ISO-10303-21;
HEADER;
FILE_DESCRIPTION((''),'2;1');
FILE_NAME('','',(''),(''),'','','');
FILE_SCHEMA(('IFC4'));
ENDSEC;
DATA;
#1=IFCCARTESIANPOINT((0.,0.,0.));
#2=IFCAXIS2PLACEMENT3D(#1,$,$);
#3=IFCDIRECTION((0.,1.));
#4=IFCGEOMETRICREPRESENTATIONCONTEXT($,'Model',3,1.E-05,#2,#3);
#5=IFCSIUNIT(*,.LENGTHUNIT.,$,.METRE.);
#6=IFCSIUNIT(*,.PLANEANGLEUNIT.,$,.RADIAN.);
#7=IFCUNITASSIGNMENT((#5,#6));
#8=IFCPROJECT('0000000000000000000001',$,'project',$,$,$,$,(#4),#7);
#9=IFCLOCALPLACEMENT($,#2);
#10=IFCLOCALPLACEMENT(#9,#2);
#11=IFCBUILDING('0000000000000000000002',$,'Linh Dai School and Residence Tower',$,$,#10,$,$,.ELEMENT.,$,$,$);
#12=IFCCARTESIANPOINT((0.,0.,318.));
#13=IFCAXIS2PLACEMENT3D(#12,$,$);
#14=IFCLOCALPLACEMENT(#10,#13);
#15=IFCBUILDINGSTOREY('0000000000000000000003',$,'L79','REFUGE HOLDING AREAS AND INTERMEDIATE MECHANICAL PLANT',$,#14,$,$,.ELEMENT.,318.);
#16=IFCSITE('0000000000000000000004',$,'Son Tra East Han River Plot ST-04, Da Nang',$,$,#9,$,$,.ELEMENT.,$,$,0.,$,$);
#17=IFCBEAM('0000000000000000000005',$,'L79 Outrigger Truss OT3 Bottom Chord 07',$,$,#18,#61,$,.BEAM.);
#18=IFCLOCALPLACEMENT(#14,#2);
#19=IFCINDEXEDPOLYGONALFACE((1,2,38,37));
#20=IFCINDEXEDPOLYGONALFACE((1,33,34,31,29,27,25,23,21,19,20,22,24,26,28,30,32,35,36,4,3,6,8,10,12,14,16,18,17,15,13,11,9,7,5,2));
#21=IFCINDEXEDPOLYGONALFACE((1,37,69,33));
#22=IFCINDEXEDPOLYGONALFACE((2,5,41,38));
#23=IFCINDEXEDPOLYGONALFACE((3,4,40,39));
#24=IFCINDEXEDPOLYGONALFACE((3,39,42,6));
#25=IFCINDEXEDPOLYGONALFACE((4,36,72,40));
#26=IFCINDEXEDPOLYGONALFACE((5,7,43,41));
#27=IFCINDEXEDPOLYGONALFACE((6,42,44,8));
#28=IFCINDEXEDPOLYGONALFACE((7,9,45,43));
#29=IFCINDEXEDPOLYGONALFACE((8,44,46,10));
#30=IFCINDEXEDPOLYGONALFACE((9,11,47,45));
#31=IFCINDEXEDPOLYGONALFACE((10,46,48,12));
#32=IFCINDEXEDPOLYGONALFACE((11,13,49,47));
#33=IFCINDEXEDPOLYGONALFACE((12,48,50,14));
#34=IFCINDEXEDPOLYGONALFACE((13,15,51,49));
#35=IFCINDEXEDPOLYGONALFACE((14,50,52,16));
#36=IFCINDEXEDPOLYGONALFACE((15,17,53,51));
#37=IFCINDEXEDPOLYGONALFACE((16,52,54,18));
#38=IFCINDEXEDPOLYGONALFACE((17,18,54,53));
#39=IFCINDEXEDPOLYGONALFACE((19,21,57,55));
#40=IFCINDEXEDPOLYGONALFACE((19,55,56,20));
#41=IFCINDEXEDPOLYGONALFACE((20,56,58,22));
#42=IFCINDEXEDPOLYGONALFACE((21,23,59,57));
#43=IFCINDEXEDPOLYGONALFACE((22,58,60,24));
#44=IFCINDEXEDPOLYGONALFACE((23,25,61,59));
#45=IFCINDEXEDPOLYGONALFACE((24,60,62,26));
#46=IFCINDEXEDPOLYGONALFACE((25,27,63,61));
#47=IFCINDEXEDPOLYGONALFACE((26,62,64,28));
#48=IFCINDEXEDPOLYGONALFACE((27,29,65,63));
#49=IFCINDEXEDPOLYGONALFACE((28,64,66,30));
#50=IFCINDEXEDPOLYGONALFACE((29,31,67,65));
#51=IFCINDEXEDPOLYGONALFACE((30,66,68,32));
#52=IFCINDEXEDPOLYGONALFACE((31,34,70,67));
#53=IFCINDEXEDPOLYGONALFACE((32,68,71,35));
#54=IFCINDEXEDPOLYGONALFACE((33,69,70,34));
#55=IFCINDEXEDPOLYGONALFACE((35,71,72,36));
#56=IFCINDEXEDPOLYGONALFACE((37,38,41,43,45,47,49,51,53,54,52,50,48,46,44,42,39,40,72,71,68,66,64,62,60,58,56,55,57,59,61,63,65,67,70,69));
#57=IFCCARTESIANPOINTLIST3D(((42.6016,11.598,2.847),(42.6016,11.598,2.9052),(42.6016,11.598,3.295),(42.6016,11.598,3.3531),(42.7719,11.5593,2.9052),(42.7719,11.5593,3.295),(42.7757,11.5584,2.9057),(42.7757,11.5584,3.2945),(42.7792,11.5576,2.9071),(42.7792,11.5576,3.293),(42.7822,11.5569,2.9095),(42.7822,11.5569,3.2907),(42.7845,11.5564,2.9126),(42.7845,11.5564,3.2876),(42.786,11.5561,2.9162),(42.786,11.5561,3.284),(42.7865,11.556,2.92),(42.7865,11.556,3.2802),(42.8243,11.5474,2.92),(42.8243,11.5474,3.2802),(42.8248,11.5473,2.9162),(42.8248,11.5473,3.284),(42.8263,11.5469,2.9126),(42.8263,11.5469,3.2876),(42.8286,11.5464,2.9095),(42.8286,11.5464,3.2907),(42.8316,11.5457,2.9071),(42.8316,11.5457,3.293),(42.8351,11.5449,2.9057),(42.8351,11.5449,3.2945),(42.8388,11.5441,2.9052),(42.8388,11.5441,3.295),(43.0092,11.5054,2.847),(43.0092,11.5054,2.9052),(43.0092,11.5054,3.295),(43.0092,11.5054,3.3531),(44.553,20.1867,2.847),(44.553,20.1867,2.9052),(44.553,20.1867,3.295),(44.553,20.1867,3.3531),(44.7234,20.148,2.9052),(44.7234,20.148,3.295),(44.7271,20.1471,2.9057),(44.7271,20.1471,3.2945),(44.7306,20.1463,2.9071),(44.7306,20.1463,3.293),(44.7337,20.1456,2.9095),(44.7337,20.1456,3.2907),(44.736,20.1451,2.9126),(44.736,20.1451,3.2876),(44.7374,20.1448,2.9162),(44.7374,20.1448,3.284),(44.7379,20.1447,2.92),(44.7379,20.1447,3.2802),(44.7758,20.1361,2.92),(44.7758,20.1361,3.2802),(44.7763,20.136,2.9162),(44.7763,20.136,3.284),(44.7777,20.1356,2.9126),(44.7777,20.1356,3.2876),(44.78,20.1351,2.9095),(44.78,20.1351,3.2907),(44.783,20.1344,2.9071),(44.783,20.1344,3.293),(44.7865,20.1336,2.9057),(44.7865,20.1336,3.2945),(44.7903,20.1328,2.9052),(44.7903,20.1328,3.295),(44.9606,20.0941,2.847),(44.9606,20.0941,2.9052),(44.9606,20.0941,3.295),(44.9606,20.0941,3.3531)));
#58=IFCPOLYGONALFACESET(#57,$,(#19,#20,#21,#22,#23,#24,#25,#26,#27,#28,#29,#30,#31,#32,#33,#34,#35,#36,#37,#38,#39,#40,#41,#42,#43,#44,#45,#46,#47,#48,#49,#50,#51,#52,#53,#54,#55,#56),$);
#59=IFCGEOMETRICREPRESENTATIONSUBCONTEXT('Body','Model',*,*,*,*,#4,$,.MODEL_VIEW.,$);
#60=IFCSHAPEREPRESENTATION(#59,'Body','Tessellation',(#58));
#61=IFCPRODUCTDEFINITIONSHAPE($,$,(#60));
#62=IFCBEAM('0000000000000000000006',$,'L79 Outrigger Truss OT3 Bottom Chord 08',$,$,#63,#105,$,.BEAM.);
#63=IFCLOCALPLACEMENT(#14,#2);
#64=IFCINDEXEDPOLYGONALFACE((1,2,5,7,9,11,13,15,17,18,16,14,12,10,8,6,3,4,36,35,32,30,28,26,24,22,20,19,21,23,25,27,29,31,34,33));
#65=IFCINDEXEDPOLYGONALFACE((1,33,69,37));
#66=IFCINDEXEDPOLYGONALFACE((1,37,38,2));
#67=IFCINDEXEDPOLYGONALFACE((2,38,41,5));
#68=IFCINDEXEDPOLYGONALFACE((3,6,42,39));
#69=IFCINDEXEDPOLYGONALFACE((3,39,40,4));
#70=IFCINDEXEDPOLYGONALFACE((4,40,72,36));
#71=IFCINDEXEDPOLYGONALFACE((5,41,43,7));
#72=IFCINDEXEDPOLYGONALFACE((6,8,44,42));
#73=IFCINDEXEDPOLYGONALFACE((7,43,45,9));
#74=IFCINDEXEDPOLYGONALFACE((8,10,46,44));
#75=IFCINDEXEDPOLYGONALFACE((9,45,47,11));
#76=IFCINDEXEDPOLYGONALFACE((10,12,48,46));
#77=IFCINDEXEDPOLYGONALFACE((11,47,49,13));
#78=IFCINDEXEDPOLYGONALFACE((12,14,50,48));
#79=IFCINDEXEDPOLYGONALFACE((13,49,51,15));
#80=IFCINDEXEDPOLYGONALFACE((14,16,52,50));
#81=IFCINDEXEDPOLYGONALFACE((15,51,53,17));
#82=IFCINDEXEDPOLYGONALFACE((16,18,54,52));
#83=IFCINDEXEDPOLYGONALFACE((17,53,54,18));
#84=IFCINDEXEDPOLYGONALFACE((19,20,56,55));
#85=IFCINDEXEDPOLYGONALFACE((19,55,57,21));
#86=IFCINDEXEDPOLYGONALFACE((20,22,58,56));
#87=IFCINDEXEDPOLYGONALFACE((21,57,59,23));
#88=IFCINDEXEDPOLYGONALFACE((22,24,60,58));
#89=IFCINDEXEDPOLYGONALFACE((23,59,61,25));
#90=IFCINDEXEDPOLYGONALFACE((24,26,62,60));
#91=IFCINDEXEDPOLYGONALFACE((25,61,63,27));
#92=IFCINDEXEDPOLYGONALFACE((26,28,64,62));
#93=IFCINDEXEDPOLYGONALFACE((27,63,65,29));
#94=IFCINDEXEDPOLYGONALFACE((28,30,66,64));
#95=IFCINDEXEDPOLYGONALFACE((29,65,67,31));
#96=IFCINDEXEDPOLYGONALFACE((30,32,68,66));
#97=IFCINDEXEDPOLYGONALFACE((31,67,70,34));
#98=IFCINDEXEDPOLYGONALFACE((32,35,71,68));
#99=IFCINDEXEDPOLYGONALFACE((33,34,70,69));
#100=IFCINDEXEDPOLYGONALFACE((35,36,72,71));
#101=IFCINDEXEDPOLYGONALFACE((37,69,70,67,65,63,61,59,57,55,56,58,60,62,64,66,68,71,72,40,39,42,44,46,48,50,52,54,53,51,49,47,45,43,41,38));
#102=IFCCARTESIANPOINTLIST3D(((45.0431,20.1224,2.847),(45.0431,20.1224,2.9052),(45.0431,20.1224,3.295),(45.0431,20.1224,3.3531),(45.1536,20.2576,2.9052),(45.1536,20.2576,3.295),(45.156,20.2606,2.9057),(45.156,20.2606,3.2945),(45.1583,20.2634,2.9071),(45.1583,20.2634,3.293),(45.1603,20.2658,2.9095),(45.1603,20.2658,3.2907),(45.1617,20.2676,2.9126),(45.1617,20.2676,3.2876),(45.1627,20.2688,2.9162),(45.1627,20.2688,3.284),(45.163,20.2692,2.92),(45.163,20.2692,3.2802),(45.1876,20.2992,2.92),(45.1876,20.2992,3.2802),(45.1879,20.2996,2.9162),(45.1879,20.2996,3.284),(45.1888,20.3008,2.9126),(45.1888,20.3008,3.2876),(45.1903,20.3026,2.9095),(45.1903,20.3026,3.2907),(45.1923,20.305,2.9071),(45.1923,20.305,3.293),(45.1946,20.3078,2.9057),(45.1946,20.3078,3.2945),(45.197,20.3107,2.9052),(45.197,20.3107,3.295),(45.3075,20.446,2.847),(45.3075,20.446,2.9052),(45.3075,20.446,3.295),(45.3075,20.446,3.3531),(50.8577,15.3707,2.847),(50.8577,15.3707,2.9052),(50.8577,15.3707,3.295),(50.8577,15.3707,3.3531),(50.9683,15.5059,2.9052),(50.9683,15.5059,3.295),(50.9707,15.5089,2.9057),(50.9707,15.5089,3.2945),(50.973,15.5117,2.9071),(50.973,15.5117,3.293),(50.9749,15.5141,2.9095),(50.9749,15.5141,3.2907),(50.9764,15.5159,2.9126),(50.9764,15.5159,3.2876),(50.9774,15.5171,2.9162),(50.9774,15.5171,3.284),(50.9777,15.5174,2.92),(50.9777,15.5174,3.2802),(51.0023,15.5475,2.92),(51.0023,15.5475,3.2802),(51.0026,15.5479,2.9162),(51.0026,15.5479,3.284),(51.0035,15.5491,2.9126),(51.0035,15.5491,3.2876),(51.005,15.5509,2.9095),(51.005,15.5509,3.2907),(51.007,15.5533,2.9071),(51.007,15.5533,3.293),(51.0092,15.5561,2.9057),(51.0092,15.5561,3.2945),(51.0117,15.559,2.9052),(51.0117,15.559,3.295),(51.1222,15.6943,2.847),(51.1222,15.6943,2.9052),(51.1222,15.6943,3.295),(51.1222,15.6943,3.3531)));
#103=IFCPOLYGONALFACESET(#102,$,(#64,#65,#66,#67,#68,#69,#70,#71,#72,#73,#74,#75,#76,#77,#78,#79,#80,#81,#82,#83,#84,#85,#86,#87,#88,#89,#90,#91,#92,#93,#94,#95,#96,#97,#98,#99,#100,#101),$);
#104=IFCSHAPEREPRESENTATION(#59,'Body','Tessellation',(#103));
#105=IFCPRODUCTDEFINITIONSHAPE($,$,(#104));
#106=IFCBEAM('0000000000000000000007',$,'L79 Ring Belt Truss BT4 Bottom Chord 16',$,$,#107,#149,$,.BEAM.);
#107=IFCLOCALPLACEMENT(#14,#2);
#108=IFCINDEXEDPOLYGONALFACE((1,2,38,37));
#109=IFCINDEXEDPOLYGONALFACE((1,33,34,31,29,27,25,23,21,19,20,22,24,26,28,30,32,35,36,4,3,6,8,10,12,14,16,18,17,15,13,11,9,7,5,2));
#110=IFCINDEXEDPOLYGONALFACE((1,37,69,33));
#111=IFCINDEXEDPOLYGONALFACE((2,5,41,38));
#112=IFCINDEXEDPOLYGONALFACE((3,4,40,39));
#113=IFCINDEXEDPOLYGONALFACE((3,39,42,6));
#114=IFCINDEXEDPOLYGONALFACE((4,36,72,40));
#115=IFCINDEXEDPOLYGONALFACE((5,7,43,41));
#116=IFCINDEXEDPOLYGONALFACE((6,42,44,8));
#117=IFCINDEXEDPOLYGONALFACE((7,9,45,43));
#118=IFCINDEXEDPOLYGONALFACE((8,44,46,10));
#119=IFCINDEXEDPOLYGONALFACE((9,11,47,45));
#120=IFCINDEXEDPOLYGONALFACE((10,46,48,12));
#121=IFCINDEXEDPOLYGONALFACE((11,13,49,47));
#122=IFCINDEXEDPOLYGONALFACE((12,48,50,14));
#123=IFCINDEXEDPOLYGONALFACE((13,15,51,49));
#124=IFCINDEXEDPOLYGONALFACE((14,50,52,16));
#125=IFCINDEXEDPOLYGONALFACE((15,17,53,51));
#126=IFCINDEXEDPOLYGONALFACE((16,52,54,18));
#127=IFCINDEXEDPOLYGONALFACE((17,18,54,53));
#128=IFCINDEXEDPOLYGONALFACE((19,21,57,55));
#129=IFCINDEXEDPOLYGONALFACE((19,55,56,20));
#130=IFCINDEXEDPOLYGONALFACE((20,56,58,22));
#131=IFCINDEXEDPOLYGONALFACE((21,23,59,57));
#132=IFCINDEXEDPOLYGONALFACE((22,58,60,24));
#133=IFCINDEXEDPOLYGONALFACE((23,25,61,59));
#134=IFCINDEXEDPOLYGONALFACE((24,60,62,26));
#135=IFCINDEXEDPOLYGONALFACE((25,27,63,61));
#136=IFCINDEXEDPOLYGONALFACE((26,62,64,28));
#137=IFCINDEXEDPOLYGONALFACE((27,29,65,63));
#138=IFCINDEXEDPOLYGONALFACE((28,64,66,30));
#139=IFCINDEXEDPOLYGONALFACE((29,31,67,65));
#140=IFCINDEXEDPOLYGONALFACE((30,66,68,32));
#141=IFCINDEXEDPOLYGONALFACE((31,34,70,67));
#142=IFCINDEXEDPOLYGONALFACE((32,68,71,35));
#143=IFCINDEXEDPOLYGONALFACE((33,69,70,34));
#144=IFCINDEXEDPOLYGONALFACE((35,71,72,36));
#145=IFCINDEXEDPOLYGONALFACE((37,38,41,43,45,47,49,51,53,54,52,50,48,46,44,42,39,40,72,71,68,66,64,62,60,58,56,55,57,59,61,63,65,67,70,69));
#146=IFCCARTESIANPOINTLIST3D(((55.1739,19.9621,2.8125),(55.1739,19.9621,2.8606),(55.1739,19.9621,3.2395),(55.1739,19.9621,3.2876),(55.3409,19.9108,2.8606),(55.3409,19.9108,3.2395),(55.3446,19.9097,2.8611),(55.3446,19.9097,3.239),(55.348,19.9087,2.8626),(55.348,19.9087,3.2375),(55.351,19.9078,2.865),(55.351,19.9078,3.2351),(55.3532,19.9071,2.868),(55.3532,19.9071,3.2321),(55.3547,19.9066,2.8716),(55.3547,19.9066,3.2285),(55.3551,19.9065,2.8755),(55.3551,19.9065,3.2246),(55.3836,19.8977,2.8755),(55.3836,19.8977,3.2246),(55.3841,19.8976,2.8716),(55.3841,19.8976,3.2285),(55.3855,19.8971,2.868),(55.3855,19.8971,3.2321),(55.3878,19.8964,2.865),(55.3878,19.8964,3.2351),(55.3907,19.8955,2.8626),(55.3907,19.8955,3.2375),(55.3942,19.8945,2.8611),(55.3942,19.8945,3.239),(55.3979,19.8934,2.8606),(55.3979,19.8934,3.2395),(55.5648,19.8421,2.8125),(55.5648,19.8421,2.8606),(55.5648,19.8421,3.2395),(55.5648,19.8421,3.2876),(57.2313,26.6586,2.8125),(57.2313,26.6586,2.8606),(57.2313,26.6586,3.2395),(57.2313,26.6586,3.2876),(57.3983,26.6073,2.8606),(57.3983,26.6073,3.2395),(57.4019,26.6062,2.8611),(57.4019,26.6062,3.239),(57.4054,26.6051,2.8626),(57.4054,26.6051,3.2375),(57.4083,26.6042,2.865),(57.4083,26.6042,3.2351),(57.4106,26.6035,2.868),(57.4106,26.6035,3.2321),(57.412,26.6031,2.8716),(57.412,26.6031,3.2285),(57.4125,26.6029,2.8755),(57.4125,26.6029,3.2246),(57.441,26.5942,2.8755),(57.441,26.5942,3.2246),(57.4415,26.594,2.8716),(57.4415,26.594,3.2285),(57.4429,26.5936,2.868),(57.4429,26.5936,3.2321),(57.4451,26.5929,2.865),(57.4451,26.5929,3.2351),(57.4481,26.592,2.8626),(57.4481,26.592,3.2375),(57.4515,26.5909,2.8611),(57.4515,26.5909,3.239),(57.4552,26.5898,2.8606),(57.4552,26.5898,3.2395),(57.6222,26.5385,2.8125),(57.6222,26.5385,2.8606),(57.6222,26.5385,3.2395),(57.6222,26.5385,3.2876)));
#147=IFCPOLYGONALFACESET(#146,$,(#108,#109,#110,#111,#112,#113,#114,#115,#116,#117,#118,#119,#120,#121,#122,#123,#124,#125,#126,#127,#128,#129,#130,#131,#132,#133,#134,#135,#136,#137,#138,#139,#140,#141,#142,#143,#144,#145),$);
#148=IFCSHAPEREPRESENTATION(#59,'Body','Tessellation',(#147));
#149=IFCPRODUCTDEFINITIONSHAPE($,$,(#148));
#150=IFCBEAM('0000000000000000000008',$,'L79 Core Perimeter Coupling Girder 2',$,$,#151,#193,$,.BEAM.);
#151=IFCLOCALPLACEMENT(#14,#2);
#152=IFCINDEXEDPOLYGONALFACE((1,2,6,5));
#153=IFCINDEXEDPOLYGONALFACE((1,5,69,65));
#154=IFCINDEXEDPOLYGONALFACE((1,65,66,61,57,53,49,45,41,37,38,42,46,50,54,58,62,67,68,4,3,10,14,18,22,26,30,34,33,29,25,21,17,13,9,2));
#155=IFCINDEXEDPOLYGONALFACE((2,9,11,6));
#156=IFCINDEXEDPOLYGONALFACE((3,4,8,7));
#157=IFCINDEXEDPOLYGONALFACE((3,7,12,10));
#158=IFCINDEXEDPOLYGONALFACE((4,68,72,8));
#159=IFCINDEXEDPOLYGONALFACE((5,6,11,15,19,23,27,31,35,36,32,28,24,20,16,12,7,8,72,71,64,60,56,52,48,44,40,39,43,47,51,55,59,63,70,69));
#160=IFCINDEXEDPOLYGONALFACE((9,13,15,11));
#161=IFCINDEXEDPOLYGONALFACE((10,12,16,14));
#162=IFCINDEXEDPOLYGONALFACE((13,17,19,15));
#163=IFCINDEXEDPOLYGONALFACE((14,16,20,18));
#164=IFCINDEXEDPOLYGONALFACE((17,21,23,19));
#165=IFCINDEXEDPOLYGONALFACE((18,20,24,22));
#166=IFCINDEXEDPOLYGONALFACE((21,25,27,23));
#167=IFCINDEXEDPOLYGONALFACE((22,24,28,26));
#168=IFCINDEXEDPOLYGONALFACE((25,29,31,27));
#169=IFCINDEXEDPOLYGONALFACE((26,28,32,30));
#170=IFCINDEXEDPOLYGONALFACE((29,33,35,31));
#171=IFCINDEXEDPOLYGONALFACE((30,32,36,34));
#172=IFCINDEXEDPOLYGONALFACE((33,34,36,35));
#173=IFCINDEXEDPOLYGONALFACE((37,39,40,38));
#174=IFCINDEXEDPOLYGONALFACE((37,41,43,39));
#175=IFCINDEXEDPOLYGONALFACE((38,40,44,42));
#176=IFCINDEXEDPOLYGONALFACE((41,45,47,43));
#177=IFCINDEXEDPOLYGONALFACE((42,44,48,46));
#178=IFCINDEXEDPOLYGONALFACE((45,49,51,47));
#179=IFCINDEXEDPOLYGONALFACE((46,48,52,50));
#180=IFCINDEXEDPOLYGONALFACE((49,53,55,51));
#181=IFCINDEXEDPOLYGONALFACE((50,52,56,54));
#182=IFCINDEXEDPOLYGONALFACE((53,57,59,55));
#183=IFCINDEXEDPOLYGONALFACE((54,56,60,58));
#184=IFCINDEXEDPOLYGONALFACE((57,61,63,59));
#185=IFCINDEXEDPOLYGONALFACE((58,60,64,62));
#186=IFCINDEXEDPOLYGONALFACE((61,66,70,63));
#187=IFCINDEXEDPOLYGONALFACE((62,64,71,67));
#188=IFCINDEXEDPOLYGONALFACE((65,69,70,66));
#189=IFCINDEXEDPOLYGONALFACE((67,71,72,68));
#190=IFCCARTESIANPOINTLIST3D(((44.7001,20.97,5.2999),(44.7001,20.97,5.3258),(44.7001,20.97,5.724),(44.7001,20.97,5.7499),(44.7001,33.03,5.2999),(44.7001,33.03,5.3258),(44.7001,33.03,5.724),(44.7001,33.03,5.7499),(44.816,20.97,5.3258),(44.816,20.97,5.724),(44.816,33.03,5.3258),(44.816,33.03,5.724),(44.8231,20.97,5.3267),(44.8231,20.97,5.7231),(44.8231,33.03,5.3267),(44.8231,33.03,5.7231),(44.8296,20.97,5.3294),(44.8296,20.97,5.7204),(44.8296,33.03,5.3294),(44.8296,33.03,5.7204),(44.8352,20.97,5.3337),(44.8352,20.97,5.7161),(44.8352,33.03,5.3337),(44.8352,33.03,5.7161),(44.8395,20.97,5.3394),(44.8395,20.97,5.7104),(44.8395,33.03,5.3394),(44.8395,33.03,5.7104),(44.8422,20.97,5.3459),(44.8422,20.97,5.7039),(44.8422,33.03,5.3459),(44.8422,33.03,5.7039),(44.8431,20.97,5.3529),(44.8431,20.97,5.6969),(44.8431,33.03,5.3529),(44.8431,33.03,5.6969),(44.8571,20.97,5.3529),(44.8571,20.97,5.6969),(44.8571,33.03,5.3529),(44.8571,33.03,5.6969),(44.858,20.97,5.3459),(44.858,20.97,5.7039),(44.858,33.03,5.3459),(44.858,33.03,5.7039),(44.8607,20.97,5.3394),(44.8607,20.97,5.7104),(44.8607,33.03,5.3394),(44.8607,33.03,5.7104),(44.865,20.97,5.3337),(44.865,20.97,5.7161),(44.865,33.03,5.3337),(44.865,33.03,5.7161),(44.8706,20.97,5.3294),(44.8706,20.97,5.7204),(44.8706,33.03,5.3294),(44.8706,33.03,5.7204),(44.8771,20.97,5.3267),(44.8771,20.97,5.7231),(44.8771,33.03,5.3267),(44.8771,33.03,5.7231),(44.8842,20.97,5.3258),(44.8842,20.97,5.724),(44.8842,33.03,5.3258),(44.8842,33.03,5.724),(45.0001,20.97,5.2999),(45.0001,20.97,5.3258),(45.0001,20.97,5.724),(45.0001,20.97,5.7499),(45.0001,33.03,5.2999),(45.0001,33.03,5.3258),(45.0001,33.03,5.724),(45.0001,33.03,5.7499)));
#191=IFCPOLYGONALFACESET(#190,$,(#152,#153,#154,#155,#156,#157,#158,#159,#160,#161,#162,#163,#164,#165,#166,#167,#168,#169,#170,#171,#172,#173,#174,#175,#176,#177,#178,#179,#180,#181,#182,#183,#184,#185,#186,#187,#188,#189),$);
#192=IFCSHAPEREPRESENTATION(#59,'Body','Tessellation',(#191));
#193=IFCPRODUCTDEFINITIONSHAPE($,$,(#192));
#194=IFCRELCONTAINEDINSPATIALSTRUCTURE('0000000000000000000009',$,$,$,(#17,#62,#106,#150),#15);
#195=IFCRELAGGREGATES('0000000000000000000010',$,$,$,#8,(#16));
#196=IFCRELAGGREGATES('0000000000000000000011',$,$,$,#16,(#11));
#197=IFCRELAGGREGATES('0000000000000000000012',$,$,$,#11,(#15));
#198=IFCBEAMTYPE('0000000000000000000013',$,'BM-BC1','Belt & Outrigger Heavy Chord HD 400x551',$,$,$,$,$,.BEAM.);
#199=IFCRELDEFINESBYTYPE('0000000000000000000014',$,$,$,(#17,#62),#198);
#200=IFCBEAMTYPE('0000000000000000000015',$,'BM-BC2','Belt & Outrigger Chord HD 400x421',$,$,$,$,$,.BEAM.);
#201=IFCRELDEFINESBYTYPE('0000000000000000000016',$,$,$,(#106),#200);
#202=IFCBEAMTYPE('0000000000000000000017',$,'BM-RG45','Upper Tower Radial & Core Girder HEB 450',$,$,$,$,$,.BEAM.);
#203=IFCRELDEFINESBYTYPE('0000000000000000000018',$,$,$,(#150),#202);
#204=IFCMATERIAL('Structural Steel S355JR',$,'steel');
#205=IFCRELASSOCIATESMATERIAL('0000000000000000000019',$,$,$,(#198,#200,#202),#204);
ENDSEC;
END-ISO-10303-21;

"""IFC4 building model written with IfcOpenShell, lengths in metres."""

from ifc_helpers import new_model, si_unit, direction, frame, origin, origin_2d, place, context, subcontext, project, spatial, i_section, extrude, material, material_profile, profile_set, type_object, element, save


model = new_model("IFC4")

# Units and contexts
model_context = context("Model", 3, precision=1e-05, world=origin(), true_north=direction((0.0, 1.0)))
body_context = subcontext(model_context, "Body", "Model", "MODEL_VIEW")
ifc_project = project(units=[si_unit("LENGTHUNIT", "METRE"), si_unit("PLANEANGLEUNIT", "RADIAN")], contexts=[model_context])

# Site, building, storey
site_placement = place(None, origin())
site = spatial("IfcSite", under=ifc_project, at=site_placement, Name="Son Tra East Han River Plot ST-04, Da Nang", CompositionType="ELEMENT", RefElevation=0.0)
building_placement = place(site_placement, origin())
building = spatial("IfcBuilding", under=site, at=building_placement, Name="Linh Dai School and Residence Tower", CompositionType="ELEMENT")
storey_placement = place(building_placement, frame((0.0, 0.0, 318.0)))
storey = spatial("IfcBuildingStorey", under=building, at=storey_placement, Name="L79", Description="REFUGE HOLDING AREAS AND INTERMEDIATE MECHANICAL PLANT", CompositionType="ELEMENT", Elevation=318.0)

# Shared definitions
ifc_material_1 = material(Name="Structural Steel S355JR", Category="steel")

# Beams
ifc_material_profile_1 = material_profile(ifc_material_1, i_section(OverallWidth=0.418, OverallDepth=0.5061, WebThickness=0.0388, FlangeThickness=0.0581, FilletRadius=0.0149, at=origin_2d()), Name="HD 400x551")
ifc_profile_set_1 = profile_set([ifc_material_profile_1], Name="Structural Steel S355JR")
beam_type_1 = type_object("IfcBeamType", Name="BM-BC1", Description="Belt & Outrigger Heavy Chord HD 400x551", PredefinedType="BEAM", material=ifc_profile_set_1)
beam_1_placement = place(storey_placement, frame((44.7568, 20.1404, 3.1001), z_axis=(-0.221562, -0.975146, 0.0), x_axis=(0.975146, -0.221562, 0.0)))
element("IfcBeam", 1, at=beam_1_placement, inside=storey, type_object=beam_type_1, Name="L79 Outrigger Truss OT3 Bottom Chord 07", PredefinedType="BEAM", context=body_context, shape_type="SweptSolid", body=[
    extrude(i_section(OverallWidth=0.418, OverallDepth=0.5061, WebThickness=0.0388, FlangeThickness=0.0581, FilletRadius=0.0149, at=origin_2d()), origin(), (0.0, 0.0, 1.0), 8.8076),
])
beam_2_placement = place(storey_placement, frame((45.1753, 20.2842, 3.1001), z_axis=(0.774334, -0.632777, 0.0), x_axis=(0.632777, 0.774334, 0.0)))
element("IfcBeam", 2, at=beam_2_placement, inside=storey, type_object=beam_type_1, Name="L79 Outrigger Truss OT3 Bottom Chord 08", PredefinedType="BEAM", context=body_context, shape_type="SweptSolid", body=[
    extrude(i_section(OverallWidth=0.418, OverallDepth=0.5061, WebThickness=0.0388, FlangeThickness=0.0581, FilletRadius=0.0149, at=origin_2d()), origin(), (0.0, 0.0, 1.0), 7.5093),
])
ifc_material_profile_2 = material_profile(ifc_material_1, i_section(OverallWidth=0.4089, OverallDepth=0.4751, WebThickness=0.0298, FlangeThickness=0.0481, FilletRadius=0.0149, at=origin_2d()), Name="HD 400x421")
ifc_profile_set_2 = profile_set([ifc_material_profile_2], Name="Structural Steel S355JR")
beam_type_2 = type_object("IfcBeamType", Name="BM-BC2", Description="Belt & Outrigger Chord HD 400x421", PredefinedType="BEAM", material=ifc_profile_set_2)
beam_3_placement = place(storey_placement, frame((55.3694, 19.9021, 3.05), z_axis=(0.293682, 0.955903, 0.0), x_axis=(-0.955903, 0.293682, 0.0)))
element("IfcBeam", 3, at=beam_3_placement, inside=storey, type_object=beam_type_2, Name="L79 Ring Belt Truss BT4 Bottom Chord 16", PredefinedType="BEAM", context=body_context, shape_type="SweptSolid", body=[
    extrude(i_section(OverallWidth=0.4089, OverallDepth=0.4751, WebThickness=0.0298, FlangeThickness=0.0481, FilletRadius=0.0149, at=origin_2d()), origin(), (0.0, 0.0, 1.0), 7.0054),
])
ifc_material_profile_3 = material_profile(ifc_material_1, i_section(OverallWidth=0.3, OverallDepth=0.45, WebThickness=0.0139, FlangeThickness=0.0259, FilletRadius=0.0271, at=origin_2d()), Name="HEB 450")
ifc_profile_set_3 = profile_set([ifc_material_profile_3], Name="Structural Steel S355JR")
beam_type_3 = type_object("IfcBeamType", Name="BM-RG45", Description="Upper Tower Radial & Core Girder HEB 450", PredefinedType="BEAM", material=ifc_profile_set_3)
beam_4_placement = place(storey_placement, frame((44.8501, 20.97, 5.5249), z_axis=(0.0, 1.0, 0.0), x_axis=(-1.0, 0.0, 0.0)))
element("IfcBeam", 4, at=beam_4_placement, inside=storey, type_object=beam_type_3, Name="L79 Core Perimeter Coupling Girder 2", PredefinedType="BEAM", context=body_context, shape_type="SweptSolid", body=[
    extrude(i_section(OverallWidth=0.3, OverallDepth=0.45, WebThickness=0.0139, FlangeThickness=0.0259, FilletRadius=0.0271, at=origin_2d()), origin(), (0.0, 0.0, 1.0), 12.0601),
])

save(model, "model.ifc")
